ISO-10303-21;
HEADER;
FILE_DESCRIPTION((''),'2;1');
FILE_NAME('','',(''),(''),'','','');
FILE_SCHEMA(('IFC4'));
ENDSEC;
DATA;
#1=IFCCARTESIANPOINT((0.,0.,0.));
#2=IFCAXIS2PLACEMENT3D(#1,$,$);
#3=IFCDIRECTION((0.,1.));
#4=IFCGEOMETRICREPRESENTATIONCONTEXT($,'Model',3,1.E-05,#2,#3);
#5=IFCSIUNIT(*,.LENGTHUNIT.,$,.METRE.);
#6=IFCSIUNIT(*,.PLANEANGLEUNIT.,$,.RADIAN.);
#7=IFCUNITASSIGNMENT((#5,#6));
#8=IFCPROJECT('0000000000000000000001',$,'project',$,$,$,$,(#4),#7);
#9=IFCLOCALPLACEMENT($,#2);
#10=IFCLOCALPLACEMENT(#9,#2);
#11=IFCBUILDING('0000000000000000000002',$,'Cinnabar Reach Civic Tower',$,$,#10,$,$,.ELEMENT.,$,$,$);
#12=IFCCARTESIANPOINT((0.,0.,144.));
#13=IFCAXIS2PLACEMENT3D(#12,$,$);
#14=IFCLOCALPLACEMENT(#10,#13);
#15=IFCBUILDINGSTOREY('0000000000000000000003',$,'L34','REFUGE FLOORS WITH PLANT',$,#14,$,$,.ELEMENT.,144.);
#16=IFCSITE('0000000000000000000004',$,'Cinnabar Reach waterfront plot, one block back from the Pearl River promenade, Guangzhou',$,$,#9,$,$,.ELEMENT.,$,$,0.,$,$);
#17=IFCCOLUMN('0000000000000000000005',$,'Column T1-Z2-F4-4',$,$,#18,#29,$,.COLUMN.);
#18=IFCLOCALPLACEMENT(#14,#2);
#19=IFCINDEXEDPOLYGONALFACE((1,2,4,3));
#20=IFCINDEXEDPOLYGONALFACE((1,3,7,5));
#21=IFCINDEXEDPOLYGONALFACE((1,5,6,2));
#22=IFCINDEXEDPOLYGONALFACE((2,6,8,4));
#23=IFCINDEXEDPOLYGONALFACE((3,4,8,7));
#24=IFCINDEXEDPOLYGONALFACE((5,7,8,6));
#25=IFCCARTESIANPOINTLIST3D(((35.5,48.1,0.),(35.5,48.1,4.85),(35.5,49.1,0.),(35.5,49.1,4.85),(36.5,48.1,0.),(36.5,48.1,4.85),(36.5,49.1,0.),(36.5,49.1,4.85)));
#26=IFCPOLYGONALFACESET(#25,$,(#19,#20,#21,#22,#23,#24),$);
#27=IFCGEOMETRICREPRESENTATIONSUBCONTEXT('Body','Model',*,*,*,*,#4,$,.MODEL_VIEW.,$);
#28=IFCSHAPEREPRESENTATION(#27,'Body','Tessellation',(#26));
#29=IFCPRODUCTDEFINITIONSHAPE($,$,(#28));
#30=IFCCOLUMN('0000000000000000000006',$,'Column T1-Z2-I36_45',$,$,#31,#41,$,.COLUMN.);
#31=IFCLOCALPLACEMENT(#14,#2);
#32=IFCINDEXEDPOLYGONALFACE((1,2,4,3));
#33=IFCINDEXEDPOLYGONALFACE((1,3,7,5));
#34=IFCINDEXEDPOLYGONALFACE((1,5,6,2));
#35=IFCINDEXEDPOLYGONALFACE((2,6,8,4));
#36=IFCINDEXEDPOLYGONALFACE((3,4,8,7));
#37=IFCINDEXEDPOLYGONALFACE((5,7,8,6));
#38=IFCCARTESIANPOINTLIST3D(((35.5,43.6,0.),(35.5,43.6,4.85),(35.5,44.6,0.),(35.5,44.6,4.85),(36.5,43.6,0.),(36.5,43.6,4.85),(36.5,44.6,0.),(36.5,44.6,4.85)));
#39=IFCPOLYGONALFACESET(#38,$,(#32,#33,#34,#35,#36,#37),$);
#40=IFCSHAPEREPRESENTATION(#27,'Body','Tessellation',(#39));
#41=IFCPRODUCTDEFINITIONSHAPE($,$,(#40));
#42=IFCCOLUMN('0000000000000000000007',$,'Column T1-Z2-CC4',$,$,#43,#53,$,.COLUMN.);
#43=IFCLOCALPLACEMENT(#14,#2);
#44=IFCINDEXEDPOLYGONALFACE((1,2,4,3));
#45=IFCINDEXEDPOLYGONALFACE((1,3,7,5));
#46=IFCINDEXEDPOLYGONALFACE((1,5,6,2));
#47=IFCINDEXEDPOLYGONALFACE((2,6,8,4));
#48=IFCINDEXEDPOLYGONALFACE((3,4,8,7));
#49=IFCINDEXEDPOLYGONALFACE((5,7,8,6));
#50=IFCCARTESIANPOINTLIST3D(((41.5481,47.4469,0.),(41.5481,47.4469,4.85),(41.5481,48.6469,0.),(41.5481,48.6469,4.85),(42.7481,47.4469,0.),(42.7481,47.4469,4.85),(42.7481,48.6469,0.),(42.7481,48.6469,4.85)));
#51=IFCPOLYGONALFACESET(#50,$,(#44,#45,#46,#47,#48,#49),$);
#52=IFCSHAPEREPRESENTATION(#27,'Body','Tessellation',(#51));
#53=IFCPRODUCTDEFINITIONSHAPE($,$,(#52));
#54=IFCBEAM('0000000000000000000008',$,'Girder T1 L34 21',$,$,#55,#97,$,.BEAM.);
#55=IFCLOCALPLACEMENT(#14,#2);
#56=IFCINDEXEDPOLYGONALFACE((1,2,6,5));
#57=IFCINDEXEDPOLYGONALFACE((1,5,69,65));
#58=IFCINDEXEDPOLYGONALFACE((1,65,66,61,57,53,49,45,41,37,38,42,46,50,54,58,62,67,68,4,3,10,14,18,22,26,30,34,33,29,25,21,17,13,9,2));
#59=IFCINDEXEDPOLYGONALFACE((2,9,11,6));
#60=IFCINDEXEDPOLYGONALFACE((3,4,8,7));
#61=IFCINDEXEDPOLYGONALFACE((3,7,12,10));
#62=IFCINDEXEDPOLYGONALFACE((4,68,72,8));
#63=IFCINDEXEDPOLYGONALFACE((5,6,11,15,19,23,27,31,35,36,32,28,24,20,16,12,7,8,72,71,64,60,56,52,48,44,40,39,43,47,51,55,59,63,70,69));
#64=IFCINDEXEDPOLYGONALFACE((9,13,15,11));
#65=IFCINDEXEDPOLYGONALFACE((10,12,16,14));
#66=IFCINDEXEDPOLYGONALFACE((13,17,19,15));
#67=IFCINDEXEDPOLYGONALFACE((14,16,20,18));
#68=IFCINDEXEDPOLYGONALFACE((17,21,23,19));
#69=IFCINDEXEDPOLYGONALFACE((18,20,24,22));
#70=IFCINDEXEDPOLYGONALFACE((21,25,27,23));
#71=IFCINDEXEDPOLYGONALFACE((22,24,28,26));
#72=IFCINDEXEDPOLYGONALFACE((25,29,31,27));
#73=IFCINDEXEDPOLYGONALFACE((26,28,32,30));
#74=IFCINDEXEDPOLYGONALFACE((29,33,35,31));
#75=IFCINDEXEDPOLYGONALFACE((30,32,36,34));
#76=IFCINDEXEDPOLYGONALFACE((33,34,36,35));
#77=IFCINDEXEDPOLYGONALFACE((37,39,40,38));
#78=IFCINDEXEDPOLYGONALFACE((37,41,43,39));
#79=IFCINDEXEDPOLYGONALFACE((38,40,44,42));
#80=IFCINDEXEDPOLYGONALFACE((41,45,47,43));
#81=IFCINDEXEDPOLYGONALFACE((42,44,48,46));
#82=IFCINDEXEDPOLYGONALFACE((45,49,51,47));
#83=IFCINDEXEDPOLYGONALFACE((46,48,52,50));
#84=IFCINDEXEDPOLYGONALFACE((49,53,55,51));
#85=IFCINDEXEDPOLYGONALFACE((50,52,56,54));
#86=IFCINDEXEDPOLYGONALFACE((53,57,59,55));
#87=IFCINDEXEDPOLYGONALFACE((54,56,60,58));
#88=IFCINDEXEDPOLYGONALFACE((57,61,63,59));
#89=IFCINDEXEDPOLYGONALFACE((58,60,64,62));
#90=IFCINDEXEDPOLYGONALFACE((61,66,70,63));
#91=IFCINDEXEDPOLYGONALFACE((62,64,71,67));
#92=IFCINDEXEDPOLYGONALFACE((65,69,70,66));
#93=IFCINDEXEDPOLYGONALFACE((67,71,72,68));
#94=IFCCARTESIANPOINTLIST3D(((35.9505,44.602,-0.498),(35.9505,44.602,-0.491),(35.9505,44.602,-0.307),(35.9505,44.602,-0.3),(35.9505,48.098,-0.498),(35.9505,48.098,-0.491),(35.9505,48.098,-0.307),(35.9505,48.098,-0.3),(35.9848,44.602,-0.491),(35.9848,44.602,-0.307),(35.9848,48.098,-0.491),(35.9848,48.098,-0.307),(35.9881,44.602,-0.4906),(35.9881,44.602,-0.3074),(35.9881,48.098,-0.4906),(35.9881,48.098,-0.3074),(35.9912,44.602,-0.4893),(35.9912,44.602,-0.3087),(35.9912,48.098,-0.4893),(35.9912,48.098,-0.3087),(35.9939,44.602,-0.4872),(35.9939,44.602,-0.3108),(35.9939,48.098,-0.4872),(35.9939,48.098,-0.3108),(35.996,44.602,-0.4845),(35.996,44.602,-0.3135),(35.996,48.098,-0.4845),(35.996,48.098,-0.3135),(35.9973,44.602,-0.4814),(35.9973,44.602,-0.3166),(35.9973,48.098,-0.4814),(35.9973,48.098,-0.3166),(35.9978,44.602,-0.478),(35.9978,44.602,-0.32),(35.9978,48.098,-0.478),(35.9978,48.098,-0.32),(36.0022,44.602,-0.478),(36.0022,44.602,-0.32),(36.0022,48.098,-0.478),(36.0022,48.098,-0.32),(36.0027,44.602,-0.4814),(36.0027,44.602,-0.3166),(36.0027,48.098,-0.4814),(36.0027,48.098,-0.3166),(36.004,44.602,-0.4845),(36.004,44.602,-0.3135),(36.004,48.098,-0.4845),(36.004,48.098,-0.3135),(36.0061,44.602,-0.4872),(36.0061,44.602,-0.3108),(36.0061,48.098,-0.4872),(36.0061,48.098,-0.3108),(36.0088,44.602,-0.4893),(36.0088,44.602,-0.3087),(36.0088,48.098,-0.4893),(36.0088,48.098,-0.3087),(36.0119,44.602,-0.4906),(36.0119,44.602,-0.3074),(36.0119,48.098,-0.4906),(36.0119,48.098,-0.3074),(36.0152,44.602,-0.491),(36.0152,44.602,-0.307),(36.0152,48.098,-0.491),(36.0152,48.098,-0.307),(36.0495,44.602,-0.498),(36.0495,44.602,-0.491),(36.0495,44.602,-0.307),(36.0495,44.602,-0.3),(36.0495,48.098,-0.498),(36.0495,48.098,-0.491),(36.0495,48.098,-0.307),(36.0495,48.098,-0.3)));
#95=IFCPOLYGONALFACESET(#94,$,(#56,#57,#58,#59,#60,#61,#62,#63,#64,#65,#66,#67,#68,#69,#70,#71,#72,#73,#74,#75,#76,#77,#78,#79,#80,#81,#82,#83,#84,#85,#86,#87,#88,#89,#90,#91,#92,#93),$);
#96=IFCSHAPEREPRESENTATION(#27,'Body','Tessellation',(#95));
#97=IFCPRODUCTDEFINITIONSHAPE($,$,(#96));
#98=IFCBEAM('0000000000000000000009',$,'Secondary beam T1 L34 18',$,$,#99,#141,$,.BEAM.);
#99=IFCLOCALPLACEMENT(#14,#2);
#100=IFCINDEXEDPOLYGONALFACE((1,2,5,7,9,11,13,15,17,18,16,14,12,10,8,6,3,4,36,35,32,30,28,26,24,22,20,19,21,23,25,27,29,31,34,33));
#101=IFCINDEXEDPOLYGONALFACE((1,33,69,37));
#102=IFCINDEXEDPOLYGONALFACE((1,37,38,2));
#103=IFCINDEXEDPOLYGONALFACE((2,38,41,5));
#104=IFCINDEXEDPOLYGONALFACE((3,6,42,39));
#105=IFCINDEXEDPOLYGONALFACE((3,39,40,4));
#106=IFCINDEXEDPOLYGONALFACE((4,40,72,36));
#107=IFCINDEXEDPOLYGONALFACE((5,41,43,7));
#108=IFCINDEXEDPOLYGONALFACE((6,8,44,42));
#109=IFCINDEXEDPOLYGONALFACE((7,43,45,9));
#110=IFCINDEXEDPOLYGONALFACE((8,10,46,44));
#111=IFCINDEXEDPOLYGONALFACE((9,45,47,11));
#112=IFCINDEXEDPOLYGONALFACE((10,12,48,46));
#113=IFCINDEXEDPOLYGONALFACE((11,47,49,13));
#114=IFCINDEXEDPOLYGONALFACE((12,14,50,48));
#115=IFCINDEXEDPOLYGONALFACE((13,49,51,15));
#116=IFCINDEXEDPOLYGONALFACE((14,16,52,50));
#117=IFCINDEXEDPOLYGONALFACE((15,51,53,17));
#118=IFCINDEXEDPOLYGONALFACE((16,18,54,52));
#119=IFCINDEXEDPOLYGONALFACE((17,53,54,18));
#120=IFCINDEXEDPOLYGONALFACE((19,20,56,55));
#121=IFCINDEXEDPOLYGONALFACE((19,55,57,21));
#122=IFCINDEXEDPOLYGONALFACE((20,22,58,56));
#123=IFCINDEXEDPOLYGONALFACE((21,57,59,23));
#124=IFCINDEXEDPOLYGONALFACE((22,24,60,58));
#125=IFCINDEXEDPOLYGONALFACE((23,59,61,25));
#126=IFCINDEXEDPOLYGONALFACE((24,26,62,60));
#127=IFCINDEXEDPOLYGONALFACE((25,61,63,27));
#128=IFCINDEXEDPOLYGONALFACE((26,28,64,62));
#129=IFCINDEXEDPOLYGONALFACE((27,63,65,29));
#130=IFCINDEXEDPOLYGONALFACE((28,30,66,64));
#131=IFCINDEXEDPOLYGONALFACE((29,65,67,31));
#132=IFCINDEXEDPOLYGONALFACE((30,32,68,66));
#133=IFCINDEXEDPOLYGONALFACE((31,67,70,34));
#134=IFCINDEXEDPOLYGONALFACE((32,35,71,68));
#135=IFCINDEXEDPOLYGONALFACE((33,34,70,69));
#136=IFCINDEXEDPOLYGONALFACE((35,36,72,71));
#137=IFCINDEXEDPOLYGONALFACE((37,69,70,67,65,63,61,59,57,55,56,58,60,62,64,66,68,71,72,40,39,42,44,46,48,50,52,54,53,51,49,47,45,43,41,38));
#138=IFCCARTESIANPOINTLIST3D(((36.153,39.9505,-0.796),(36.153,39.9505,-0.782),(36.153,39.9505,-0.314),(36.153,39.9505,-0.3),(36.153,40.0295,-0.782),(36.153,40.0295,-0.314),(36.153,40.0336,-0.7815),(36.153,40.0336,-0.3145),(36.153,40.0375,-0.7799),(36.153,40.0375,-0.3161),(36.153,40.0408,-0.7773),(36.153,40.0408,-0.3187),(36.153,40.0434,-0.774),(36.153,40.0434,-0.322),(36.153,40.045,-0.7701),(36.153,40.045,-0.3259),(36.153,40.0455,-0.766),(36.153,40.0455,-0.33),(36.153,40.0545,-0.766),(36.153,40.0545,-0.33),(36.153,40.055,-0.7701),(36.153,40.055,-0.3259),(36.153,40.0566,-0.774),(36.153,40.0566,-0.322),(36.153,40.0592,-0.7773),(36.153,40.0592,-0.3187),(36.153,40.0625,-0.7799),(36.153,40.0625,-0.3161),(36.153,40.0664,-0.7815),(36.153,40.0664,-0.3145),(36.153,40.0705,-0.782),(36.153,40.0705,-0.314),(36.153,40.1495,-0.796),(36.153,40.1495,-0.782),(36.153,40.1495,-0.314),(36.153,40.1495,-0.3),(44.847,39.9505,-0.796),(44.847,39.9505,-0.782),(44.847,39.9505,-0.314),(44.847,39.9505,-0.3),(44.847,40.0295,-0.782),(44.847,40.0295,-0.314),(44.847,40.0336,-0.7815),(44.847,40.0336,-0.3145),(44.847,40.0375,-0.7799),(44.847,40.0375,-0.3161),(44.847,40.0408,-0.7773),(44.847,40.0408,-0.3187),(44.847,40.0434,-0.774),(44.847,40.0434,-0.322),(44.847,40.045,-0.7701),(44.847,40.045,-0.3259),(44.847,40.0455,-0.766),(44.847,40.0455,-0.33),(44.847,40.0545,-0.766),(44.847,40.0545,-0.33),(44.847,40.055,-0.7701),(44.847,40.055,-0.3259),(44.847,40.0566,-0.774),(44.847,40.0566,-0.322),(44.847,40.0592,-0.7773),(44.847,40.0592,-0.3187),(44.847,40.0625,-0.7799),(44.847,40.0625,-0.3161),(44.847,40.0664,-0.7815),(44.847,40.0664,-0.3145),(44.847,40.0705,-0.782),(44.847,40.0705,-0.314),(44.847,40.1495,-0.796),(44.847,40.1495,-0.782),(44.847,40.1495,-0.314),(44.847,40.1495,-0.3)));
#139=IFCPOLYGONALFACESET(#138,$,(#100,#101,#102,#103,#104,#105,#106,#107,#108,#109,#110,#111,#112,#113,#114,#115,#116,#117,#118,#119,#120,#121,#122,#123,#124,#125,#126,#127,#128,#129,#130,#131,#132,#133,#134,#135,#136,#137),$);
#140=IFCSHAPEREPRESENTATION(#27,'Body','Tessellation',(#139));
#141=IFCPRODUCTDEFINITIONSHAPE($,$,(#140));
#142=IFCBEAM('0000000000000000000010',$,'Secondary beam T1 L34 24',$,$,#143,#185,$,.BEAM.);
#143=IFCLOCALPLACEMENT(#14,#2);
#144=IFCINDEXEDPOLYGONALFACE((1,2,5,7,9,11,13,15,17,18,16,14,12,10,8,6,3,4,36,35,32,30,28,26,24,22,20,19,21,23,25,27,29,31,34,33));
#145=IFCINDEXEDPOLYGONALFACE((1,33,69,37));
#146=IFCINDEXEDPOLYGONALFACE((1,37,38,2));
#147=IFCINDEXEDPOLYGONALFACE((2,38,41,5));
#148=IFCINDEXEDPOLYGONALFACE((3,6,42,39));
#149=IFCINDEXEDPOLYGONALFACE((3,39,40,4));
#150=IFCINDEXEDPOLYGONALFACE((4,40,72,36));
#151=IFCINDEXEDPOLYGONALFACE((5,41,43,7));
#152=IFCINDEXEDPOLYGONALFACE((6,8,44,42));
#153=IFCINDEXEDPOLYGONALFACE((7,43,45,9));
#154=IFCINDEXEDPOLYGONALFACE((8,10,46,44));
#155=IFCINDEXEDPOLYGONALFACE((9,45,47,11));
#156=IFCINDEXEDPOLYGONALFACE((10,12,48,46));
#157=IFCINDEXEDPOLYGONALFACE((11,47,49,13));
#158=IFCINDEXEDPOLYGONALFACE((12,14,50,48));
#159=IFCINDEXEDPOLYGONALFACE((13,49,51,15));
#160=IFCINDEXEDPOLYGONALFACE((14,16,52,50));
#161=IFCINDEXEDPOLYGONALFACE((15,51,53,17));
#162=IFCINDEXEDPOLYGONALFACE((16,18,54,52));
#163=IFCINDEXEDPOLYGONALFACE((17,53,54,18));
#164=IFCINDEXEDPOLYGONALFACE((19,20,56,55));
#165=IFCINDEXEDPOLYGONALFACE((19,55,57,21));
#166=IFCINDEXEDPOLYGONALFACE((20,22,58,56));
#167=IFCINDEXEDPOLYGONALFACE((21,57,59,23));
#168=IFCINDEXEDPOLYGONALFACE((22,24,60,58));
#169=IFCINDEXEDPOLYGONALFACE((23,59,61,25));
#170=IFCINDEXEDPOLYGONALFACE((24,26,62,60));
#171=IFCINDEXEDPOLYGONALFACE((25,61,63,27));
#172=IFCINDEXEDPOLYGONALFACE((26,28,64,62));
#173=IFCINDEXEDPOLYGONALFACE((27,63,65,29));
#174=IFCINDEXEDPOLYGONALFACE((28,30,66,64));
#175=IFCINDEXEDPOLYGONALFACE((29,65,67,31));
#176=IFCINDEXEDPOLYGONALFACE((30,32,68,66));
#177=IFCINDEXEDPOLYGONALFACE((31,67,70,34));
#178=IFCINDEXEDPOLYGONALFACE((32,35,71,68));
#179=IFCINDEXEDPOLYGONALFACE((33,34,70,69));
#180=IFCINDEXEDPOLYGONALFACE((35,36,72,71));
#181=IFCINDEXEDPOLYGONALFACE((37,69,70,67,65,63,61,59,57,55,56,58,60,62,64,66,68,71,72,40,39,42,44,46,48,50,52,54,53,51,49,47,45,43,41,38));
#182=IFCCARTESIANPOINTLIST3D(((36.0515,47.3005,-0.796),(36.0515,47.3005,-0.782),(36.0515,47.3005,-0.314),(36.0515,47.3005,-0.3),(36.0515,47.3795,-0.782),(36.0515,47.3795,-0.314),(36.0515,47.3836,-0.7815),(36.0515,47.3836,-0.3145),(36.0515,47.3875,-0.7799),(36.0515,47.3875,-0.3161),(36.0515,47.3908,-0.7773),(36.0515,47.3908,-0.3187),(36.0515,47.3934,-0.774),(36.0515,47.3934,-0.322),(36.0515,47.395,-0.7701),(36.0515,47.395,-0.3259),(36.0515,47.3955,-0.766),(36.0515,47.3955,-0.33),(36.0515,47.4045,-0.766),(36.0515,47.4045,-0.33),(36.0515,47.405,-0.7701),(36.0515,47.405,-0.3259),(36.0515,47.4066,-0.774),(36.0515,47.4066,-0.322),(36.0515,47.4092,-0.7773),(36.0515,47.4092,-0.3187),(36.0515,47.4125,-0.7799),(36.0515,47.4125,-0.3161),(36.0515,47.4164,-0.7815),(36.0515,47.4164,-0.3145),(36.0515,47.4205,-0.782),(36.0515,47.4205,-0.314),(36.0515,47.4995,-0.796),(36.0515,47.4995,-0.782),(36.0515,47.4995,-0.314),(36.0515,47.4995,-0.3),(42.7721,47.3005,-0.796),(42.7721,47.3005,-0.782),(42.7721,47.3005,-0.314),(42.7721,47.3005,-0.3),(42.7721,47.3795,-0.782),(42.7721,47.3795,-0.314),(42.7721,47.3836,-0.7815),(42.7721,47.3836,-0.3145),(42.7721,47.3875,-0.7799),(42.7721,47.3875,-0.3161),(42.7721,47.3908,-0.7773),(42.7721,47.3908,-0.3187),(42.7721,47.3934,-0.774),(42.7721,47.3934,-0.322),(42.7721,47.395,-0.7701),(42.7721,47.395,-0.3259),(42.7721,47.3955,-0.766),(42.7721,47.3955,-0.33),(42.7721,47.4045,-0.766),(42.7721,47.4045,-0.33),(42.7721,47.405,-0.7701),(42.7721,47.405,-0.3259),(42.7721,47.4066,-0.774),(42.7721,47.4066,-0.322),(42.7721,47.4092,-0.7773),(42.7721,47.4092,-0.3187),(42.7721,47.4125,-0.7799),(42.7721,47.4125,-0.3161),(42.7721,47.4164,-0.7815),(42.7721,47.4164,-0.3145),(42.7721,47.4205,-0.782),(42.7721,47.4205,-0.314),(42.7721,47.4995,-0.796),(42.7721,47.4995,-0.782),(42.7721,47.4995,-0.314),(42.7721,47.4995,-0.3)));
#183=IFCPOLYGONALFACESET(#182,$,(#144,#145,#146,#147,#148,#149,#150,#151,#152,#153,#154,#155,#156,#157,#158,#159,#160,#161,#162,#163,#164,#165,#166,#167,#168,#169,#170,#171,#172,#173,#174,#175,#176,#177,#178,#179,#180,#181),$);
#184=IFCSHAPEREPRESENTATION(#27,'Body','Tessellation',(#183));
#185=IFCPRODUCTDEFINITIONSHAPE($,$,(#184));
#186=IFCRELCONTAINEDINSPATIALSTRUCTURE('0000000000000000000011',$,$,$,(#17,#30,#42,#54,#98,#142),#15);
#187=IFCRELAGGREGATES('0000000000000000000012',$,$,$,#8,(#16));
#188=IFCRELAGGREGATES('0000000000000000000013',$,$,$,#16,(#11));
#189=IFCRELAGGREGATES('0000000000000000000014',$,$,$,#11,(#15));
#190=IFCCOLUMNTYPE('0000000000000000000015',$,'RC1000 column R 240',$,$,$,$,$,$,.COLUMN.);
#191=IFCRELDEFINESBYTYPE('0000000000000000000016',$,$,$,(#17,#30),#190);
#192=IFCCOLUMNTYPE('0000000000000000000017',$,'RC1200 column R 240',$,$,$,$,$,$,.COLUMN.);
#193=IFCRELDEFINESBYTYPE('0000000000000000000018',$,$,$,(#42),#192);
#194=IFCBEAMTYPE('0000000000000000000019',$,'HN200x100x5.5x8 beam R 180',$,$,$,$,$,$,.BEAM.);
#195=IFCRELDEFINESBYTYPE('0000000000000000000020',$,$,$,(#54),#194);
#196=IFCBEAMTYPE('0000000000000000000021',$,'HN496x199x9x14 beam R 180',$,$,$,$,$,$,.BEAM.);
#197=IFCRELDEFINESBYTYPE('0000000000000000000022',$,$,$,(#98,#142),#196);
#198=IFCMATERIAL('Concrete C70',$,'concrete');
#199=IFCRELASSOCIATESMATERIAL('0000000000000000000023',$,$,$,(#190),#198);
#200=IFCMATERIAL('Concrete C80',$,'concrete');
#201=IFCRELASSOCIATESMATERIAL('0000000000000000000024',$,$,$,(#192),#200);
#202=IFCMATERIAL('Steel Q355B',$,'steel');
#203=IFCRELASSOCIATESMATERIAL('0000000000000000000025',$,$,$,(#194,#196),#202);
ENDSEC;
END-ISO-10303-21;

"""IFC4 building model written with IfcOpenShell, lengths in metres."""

from ifc_helpers import new_model, si_unit, direction, frame, origin, origin_2d, place, context, subcontext, project, spatial, rectangle, i_section, extrude, material, material_profile, profile_set, type_object, element, save


model = new_model("IFC4")

# Units and contexts
model_context = context("Model", 3, precision=1e-05, world=origin(), true_north=direction((0.0, 1.0)))
body_context = subcontext(model_context, "Body", "Model", "MODEL_VIEW")
ifc_project = project(units=[si_unit("LENGTHUNIT", "METRE"), si_unit("PLANEANGLEUNIT", "RADIAN")], contexts=[model_context])

# Site, building, storey
site_placement = place(None, origin())
site = spatial("IfcSite", under=ifc_project, at=site_placement, Name="Cinnabar Reach waterfront plot, one block back from the Pearl River promenade, Guangzhou", CompositionType="ELEMENT", RefElevation=0.0)
building_placement = place(site_placement, origin())
building = spatial("IfcBuilding", under=site, at=building_placement, Name="Cinnabar Reach Civic Tower", CompositionType="ELEMENT")
storey_placement = place(building_placement, frame((0.0, 0.0, 144.0)))
storey = spatial("IfcBuildingStorey", under=building, at=storey_placement, Name="L34", Description="REFUGE FLOORS WITH PLANT", CompositionType="ELEMENT", Elevation=144.0)

# Columns
ifc_material_1 = material(Name="Concrete C70", Category="concrete")
ifc_material_profile_1 = material_profile(ifc_material_1, rectangle(XDim=1.0, YDim=1.0, at=origin_2d()), Name="RC1000")
ifc_profile_set_1 = profile_set([ifc_material_profile_1], Name="Concrete C70")
column_type_1 = type_object("IfcColumnType", Name="RC1000 column R 240", PredefinedType="COLUMN", material=ifc_profile_set_1)
for number, where, z_axis, x_axis, name in (
    (1, (36.0, 48.6, 0.0), (0.0, 0.0, 1.0), (1.0, 0.0, 0.0), "Column T1-Z2-F4-4"),
    (2, (36.0, 44.1, 0.0), (0.0, 0.0, 1.0), (1.0, 0.0, 0.0), "Column T1-Z2-I36_45"),
):
    element("IfcColumn", number, at=place(storey_placement, frame(where, z_axis=z_axis, x_axis=x_axis)), inside=storey, type_object=column_type_1, Name=name, PredefinedType="COLUMN", context=body_context, shape_type="SweptSolid", body=[
        extrude(rectangle(XDim=1.0, YDim=1.0, at=origin_2d()), origin(), (0.0, 0.0, 1.0), 4.85),
    ])
ifc_material_2 = material(Name="Concrete C80", Category="concrete")
ifc_material_profile_2 = material_profile(ifc_material_2, rectangle(XDim=1.2, YDim=1.2, at=origin_2d()), Name="RC1200")
ifc_profile_set_2 = profile_set([ifc_material_profile_2], Name="Concrete C80")
column_type_2 = type_object("IfcColumnType", Name="RC1200 column R 240", PredefinedType="COLUMN", material=ifc_profile_set_2)
column_placement = place(storey_placement, frame((42.1481, 48.0469, 0.0), z_axis=(0.0, 0.0, 1.0), x_axis=(1.0, 0.0, 0.0)))
element("IfcColumn", 3, at=column_placement, inside=storey, type_object=column_type_2, Name="Column T1-Z2-CC4", PredefinedType="COLUMN", context=body_context, shape_type="SweptSolid", body=[
    extrude(rectangle(XDim=1.2, YDim=1.2, at=origin_2d()), origin(), (0.0, 0.0, 1.0), 4.85),
])

# Beams
ifc_material_3 = material(Name="Steel Q355B", Category="steel")
ifc_material_profile_3 = material_profile(ifc_material_3, i_section(OverallWidth=0.099, OverallDepth=0.198, WebThickness=0.0045, FlangeThickness=0.007, FilletRadius=0.013, at=origin_2d()), Name="HN200x100x5.5x8")
ifc_profile_set_3 = profile_set([ifc_material_profile_3], Name="Steel Q355B")
beam_type_1 = type_object("IfcBeamType", Name="HN200x100x5.5x8 beam R 180", PredefinedType="BEAM", material=ifc_profile_set_3)
beam_1_placement = place(storey_placement, frame((36.0, 44.602, -0.399), z_axis=(0.0, 1.0, 0.0), x_axis=(-1.0, 0.0, 0.0)))
element("IfcBeam", 4, at=beam_1_placement, inside=storey, type_object=beam_type_1, Name="Girder T1 L34 21", PredefinedType="BEAM", context=body_context, shape_type="SweptSolid", body=[
    extrude(i_section(OverallWidth=0.099, OverallDepth=0.198, WebThickness=0.0045, FlangeThickness=0.007, FilletRadius=0.013, at=origin_2d()), origin(), (0.0, 0.0, 1.0), 3.496),
])
ifc_material_profile_4 = material_profile(ifc_material_3, i_section(OverallWidth=0.199, OverallDepth=0.496, WebThickness=0.009, FlangeThickness=0.014, FilletRadius=0.016, at=origin_2d()), Name="HN496x199x9x14")
ifc_profile_set_4 = profile_set([ifc_material_profile_4], Name="Steel Q355B")
beam_type_2 = type_object("IfcBeamType", Name="HN496x199x9x14 beam R 180", PredefinedType="BEAM", material=ifc_profile_set_4)
beam_2_placement = place(storey_placement, frame((36.153, 40.05, -0.548), z_axis=(1.0, 0.0, 0.0), x_axis=(0.0, 1.0, 0.0)))
element("IfcBeam", 5, at=beam_2_placement, inside=storey, type_object=beam_type_2, Name="Secondary beam T1 L34 18", PredefinedType="BEAM", context=body_context, shape_type="SweptSolid", body=[
    extrude(i_section(OverallWidth=0.199, OverallDepth=0.496, WebThickness=0.009, FlangeThickness=0.014, FilletRadius=0.016, at=origin_2d()), origin(), (0.0, 0.0, 1.0), 8.694),
])
beam_3_placement = place(storey_placement, frame((36.0515, 47.4, -0.548), z_axis=(1.0, 0.0, 0.0), x_axis=(0.0, 1.0, 0.0)))
element("IfcBeam", 6, at=beam_3_placement, inside=storey, type_object=beam_type_2, Name="Secondary beam T1 L34 24", PredefinedType="BEAM", context=body_context, shape_type="SweptSolid", body=[
    extrude(i_section(OverallWidth=0.199, OverallDepth=0.496, WebThickness=0.009, FlangeThickness=0.014, FilletRadius=0.016, at=origin_2d()), origin(), (0.0, 0.0, 1.0), 6.7206),
])

save(model, "model.ifc")
